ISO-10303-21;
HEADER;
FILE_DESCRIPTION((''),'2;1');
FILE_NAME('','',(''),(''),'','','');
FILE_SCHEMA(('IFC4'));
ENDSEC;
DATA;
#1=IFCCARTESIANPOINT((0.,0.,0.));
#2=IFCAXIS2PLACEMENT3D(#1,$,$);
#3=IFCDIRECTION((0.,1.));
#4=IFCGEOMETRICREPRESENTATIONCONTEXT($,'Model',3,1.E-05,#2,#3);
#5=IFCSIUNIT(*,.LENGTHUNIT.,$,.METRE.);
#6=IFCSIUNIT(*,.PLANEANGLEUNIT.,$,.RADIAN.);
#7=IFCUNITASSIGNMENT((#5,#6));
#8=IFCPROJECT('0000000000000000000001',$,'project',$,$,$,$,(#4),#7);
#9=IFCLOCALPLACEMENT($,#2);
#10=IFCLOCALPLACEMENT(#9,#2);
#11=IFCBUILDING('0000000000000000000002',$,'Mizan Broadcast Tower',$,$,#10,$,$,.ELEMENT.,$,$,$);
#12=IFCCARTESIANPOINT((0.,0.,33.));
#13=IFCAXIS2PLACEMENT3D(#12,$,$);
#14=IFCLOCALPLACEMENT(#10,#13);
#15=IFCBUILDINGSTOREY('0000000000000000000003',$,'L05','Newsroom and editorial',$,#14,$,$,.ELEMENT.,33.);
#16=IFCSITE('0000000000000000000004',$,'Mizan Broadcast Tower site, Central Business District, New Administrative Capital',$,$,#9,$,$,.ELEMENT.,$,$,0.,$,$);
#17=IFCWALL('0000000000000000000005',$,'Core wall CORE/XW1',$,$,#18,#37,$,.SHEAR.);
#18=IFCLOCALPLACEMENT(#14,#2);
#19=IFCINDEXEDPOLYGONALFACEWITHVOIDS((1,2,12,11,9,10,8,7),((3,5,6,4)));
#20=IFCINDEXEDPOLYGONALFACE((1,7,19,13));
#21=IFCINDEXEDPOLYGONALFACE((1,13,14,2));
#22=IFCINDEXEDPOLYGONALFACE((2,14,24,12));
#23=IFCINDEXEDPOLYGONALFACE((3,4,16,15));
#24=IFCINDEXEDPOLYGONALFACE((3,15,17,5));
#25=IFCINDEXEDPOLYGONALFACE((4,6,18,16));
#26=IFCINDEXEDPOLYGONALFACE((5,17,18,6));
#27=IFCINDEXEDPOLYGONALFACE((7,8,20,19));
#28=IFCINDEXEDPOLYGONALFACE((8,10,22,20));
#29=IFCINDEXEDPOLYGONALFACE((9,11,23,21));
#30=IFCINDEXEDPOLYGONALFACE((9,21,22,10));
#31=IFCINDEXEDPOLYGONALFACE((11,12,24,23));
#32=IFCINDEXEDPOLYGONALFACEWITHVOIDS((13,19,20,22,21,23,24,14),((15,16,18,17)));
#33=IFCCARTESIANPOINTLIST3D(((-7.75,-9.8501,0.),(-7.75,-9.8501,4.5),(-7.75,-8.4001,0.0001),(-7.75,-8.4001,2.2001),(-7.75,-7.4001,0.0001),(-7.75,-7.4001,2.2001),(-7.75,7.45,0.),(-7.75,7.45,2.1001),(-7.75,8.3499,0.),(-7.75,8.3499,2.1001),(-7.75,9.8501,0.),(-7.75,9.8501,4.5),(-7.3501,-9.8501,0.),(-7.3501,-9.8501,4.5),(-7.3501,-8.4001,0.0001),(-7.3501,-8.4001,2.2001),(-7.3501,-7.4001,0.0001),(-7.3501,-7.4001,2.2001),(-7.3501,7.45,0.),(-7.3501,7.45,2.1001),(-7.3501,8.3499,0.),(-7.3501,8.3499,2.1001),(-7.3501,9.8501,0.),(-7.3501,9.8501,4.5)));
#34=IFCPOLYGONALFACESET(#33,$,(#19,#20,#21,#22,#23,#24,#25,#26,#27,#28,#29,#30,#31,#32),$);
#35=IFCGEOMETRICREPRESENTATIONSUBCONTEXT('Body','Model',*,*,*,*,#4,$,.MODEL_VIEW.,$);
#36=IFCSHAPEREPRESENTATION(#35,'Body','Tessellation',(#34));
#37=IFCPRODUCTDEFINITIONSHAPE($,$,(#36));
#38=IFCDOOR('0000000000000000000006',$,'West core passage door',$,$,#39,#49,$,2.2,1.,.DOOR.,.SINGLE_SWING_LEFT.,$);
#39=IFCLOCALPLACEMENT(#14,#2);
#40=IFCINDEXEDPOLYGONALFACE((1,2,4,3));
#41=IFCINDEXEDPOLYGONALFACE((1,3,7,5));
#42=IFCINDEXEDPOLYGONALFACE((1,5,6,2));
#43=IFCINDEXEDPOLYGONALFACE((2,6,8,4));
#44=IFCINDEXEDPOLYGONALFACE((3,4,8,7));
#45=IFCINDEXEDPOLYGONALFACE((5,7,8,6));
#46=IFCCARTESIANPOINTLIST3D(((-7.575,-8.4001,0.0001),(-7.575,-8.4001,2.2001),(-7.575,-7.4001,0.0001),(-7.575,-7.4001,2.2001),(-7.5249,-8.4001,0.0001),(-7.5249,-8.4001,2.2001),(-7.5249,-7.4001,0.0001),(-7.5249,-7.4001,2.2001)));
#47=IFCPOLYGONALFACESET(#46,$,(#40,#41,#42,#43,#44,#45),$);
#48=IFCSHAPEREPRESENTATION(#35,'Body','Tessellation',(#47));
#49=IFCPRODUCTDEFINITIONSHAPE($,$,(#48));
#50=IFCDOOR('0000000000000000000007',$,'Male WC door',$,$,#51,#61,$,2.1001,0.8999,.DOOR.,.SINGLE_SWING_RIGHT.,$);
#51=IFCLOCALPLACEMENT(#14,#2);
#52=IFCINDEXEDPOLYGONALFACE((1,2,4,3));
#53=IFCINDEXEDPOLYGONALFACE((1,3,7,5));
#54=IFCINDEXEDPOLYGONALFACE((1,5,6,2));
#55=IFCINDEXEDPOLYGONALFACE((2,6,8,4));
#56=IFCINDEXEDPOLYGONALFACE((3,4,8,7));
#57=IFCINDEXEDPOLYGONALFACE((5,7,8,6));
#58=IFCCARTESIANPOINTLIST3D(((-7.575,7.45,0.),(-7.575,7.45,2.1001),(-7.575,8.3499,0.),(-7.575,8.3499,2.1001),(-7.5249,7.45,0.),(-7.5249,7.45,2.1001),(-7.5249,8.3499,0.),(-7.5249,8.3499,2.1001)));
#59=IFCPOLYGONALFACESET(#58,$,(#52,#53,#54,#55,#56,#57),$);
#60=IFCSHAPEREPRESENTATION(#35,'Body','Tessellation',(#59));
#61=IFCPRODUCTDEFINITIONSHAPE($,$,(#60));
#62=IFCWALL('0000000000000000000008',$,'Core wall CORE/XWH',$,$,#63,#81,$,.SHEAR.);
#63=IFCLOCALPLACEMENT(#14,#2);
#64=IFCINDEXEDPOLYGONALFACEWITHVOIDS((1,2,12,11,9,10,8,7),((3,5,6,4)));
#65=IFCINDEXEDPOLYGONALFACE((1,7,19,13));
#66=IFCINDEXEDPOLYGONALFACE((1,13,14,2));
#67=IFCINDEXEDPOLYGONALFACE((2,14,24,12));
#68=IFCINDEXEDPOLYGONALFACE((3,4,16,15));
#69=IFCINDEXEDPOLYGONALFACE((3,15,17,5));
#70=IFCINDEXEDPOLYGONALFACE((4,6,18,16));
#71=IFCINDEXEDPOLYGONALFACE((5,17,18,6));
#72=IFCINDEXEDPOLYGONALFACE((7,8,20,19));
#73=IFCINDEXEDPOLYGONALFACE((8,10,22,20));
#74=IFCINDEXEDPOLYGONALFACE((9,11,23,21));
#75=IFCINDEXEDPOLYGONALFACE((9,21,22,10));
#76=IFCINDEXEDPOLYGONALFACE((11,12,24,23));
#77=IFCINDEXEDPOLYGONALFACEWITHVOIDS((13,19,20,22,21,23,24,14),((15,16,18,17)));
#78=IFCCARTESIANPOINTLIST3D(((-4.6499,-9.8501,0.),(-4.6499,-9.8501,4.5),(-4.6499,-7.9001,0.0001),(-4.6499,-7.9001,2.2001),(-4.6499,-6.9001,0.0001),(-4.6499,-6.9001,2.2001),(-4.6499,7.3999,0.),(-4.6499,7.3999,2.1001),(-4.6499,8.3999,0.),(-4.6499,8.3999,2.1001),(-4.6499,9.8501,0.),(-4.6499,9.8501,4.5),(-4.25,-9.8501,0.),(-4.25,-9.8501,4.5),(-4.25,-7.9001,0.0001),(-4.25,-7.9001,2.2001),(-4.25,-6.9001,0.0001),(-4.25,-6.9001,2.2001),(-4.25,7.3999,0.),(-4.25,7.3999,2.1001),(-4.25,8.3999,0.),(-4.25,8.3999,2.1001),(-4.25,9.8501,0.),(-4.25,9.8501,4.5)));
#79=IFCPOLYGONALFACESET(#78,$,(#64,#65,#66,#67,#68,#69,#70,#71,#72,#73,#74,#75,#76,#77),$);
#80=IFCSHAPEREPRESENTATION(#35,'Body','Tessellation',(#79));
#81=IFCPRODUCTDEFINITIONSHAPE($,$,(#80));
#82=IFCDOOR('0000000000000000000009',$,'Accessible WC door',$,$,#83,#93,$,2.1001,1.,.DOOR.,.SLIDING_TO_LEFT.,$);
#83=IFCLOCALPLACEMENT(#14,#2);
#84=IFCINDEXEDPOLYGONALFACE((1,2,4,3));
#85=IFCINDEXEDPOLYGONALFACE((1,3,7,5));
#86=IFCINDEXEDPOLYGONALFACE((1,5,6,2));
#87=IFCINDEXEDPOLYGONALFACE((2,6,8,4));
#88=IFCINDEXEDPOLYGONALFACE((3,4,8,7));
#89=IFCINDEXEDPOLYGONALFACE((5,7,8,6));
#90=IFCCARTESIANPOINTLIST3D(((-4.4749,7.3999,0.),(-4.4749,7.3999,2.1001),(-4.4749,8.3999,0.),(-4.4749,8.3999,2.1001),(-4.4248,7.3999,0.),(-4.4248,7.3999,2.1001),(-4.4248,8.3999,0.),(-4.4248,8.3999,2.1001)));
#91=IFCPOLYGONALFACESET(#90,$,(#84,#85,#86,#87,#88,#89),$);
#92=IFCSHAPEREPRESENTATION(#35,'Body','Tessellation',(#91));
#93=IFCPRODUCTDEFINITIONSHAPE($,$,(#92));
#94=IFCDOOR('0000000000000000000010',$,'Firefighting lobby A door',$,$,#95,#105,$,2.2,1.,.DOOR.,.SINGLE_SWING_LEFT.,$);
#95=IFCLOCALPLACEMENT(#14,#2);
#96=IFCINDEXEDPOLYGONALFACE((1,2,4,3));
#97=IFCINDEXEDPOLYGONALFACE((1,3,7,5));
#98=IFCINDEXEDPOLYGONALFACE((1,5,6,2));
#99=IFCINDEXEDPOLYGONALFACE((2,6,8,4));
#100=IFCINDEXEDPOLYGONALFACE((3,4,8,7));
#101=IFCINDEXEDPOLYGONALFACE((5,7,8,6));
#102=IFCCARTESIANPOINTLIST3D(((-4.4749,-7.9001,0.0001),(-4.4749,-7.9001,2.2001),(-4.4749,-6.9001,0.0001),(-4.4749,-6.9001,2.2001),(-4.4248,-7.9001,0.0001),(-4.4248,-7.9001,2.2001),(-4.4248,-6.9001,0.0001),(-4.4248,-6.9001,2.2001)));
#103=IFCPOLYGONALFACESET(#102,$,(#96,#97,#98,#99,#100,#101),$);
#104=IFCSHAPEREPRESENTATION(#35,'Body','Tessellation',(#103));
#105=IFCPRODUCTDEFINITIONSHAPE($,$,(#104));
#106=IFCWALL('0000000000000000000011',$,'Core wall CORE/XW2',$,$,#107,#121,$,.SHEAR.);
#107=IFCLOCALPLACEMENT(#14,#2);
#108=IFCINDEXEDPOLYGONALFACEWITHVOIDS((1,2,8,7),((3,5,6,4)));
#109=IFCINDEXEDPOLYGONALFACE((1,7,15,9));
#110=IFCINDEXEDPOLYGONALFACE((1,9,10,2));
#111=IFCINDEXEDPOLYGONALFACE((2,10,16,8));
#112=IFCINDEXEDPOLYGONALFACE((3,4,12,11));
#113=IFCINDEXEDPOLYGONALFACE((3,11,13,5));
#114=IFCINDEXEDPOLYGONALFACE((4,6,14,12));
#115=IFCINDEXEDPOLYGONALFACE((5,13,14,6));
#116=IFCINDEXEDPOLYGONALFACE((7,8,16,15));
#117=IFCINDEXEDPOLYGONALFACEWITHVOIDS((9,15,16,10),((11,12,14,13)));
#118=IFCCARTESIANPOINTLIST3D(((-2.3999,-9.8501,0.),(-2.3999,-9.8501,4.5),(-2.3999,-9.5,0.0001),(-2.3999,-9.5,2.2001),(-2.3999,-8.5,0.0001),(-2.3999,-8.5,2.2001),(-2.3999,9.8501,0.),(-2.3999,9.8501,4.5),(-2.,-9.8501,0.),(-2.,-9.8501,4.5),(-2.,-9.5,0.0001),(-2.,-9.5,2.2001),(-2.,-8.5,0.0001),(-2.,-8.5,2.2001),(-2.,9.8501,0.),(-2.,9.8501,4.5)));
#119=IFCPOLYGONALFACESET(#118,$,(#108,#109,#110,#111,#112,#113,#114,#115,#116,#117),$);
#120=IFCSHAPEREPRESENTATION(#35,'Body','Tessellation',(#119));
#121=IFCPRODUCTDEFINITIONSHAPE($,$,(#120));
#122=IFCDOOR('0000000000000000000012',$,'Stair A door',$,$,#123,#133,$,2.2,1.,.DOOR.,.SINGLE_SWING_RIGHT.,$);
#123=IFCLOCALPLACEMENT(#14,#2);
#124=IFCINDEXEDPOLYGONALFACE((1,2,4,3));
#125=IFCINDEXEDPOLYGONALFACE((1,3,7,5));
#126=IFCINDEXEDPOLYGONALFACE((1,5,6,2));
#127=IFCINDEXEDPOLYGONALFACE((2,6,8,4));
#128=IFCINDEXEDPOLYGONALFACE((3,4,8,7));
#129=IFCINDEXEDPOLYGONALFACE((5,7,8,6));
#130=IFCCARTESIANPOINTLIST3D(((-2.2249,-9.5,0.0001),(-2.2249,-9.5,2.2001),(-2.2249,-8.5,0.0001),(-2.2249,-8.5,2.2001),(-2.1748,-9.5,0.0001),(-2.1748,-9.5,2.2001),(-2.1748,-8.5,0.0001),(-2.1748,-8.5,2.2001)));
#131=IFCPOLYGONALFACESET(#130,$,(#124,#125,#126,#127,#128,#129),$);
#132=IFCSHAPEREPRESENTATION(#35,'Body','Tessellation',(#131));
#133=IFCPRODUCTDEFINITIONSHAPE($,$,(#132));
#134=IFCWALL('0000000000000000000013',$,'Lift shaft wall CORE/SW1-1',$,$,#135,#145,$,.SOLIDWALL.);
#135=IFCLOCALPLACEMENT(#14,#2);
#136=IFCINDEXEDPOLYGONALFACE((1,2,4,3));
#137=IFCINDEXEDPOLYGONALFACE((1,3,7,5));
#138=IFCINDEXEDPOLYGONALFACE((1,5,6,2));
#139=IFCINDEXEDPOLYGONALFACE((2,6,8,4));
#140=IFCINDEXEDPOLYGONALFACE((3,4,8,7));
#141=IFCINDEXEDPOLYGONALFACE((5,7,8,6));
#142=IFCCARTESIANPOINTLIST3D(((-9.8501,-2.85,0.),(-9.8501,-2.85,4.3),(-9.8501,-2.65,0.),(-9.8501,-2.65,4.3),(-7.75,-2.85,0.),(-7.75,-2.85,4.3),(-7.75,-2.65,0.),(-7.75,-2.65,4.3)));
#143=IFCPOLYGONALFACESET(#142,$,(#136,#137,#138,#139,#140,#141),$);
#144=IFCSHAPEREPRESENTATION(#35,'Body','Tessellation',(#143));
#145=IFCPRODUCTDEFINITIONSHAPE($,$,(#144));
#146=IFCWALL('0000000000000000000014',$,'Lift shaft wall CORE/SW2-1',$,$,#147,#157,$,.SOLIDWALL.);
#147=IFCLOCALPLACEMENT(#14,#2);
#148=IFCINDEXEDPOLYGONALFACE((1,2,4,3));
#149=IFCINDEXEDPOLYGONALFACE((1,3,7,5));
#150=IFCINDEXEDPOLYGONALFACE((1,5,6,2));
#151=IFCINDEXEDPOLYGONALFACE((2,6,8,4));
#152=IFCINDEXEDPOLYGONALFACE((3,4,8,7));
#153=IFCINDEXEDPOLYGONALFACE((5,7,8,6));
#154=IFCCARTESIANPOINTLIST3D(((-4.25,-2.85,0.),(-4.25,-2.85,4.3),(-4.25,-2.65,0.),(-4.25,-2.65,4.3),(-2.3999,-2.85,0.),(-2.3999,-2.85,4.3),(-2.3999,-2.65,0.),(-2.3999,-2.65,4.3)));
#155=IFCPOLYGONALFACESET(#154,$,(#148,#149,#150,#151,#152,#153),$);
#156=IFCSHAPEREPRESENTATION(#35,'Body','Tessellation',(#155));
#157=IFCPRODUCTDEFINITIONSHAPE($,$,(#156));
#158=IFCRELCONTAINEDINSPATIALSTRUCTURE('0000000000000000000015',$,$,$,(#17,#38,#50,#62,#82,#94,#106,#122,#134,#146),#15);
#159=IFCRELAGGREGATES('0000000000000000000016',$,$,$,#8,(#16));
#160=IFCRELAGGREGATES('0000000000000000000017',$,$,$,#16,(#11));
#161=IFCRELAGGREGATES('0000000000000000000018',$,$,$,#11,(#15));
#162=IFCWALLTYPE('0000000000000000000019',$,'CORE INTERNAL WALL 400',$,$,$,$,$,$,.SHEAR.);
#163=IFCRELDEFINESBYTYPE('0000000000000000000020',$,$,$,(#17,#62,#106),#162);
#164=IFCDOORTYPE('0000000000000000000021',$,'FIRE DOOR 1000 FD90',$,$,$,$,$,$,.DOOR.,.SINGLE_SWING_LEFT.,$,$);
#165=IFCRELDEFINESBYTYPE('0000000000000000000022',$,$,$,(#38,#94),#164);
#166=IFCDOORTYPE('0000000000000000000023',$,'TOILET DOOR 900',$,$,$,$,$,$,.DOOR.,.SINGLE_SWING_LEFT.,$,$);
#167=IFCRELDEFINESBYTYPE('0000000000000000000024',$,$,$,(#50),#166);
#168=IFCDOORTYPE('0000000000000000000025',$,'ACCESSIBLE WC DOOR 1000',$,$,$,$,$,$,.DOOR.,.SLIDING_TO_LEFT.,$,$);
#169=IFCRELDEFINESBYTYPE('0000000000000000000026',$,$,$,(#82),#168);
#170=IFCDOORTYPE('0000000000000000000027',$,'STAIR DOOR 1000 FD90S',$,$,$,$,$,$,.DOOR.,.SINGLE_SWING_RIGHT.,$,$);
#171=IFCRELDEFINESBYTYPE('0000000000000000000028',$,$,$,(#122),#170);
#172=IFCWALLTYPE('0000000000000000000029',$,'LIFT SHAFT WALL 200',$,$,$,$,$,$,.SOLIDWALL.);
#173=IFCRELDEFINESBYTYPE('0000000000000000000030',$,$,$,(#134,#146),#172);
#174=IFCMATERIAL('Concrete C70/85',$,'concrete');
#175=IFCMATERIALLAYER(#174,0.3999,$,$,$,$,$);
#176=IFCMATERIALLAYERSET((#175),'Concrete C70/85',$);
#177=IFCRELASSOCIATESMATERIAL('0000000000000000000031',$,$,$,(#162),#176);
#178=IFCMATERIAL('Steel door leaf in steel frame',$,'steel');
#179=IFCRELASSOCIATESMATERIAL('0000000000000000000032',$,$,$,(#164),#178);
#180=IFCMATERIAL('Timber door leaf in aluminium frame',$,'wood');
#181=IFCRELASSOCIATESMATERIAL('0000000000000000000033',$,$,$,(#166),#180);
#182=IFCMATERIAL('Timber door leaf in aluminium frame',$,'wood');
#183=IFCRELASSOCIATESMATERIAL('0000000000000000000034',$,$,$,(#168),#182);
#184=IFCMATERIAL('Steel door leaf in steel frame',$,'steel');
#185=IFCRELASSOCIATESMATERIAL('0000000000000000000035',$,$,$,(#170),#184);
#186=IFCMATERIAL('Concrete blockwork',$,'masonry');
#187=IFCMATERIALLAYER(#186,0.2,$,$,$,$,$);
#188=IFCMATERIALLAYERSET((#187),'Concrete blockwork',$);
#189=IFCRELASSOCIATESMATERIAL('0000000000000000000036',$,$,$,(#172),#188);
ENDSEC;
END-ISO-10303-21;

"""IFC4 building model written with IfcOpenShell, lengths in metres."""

from ifc_helpers import new_model, si_unit, direction, frame, frame_2d, origin, place, context, subcontext, project, spatial, rectangle, extrude, material, layer, layer_set, type_object, element, fill, save


model = new_model("IFC4")

# Units and contexts
model_context = context("Model", 3, precision=1e-05, world=origin(), true_north=direction((0.0, 1.0)))
body_context = subcontext(model_context, "Body", "Model", "MODEL_VIEW")
ifc_project = project(units=[si_unit("LENGTHUNIT", "METRE"), si_unit("PLANEANGLEUNIT", "RADIAN")], contexts=[model_context])

# Site, building, storey
site_placement = place(None, origin())
site = spatial("IfcSite", under=ifc_project, at=site_placement, Name="Mizan Broadcast Tower site, Central Business District, New Administrative Capital", CompositionType="ELEMENT", RefElevation=0.0)
building_placement = place(site_placement, origin())
building = spatial("IfcBuilding", under=site, at=building_placement, Name="Mizan Broadcast Tower", CompositionType="ELEMENT")
storey_placement = place(building_placement, frame((0.0, 0.0, 33.0)))
storey = spatial("IfcBuildingStorey", under=building, at=storey_placement, Name="L05", Description="Newsroom and editorial", CompositionType="ELEMENT", Elevation=33.0)

# Walls, openings, doors
ifc_material_1 = material(Name="Concrete C70/85", Category="concrete")
ifc_layer_1 = layer(ifc_material_1, 0.3999)
ifc_layer_set_1 = layer_set([ifc_layer_1], Name="Concrete C70/85")
wall_type_1 = type_object("IfcWallType", Name="CORE INTERNAL WALL 400", PredefinedType="SHEAR", material=ifc_layer_set_1)
wall_1_placement = place(storey_placement, frame((-7.55, -9.8501, 0.0), z_axis=(0.0, 0.0, 1.0), x_axis=(0.0, 1.0, 0.0)))
wall_1 = element("IfcWall", 1, at=wall_1_placement, inside=storey, type_object=wall_type_1, Name="Core wall CORE/XW1", PredefinedType="SHEAR", context=body_context, shape_type="SweptSolid", body=[
    extrude(rectangle(XDim=19.7002, YDim=0.3999, at=frame_2d((9.8501, 0.0))), origin(), (0.0, 0.0, 1.0), 4.5),
])
opening_1_placement = place(wall_1_placement, frame((1.45, 0.0, 0.0)))
opening_1 = element("IfcOpeningElement", 2, at=opening_1_placement, cuts=wall_1, PredefinedType="OPENING", context=body_context, shape_type="SweptSolid", body=[
    extrude(rectangle(XDim=1.0, YDim=2.2, at=frame_2d((0.5, 1.1001))), frame((0.0, 0.21, 0.0), z_axis=(0.0, -1.0, 0.0), x_axis=(1.0, 0.0, 0.0)), (0.0, 0.0, 1.0), 0.4199),
])
opening_2_placement = place(wall_1_placement, frame((17.3, 0.0, 0.0)))
opening_2 = element("IfcOpeningElement", 3, at=opening_2_placement, cuts=wall_1, PredefinedType="OPENING", context=body_context, shape_type="SweptSolid", body=[
    extrude(rectangle(XDim=0.8999, YDim=2.1001, at=frame_2d((0.45, 1.05))), frame((0.0, 0.21, 0.0), z_axis=(0.0, -1.0, 0.0), x_axis=(1.0, 0.0, 0.0)), (0.0, 0.0, 1.0), 0.4199),
])
ifc_material_2 = material(Name="Steel door leaf in steel frame", Category="steel")
door_type_1 = type_object("IfcDoorType", Name="FIRE DOOR 1000 FD90", OperationType="SINGLE_SWING_LEFT", PredefinedType="DOOR", material=ifc_material_2)
door_1_placement = place(opening_1_placement, origin())
door_1 = element("IfcDoor", 4, at=door_1_placement, inside=storey, type_object=door_type_1, Name="West core passage door", OperationType="SINGLE_SWING_LEFT", OverallHeight=2.2, OverallWidth=1.0, PredefinedType="DOOR", context=body_context, shape_type="SweptSolid", body=[
    extrude(rectangle(XDim=1.0, YDim=2.2, at=frame_2d((0.5, 1.1001))), frame((0.0, 0.0249, 0.0), z_axis=(0.0, -1.0, 0.0), x_axis=(1.0, 0.0, 0.0)), (0.0, 0.0, 1.0), 0.05),
])
fill(opening_1, door_1)
ifc_material_3 = material(Name="Timber door leaf in aluminium frame", Category="wood")
door_type_2 = type_object("IfcDoorType", Name="TOILET DOOR 900", OperationType="SINGLE_SWING_LEFT", PredefinedType="DOOR", material=ifc_material_3)
door_2_placement = place(opening_2_placement, origin())
door_2 = element("IfcDoor", 5, at=door_2_placement, inside=storey, type_object=door_type_2, Name="Male WC door", OperationType="SINGLE_SWING_RIGHT", OverallHeight=2.1001, OverallWidth=0.8999, PredefinedType="DOOR", context=body_context, shape_type="SweptSolid", body=[
    extrude(rectangle(XDim=0.8999, YDim=2.1001, at=frame_2d((0.45, 1.05))), frame((0.0, 0.0249, 0.0), z_axis=(0.0, -1.0, 0.0), x_axis=(1.0, 0.0, 0.0)), (0.0, 0.0, 1.0), 0.05),
])
fill(opening_2, door_2)
wall_2_placement = place(storey_placement, frame((-4.45, -9.8501, 0.0), z_axis=(0.0, 0.0, 1.0), x_axis=(0.0, 1.0, 0.0)))
wall_2 = element("IfcWall", 6, at=wall_2_placement, inside=storey, type_object=wall_type_1, Name="Core wall CORE/XWH", PredefinedType="SHEAR", context=body_context, shape_type="SweptSolid", body=[
    extrude(rectangle(XDim=19.7002, YDim=0.3999, at=frame_2d((9.8501, 0.0))), origin(), (0.0, 0.0, 1.0), 4.5),
])
opening_3_placement = place(wall_2_placement, frame((1.95, 0.0, 0.0)))
opening_3 = element("IfcOpeningElement", 7, at=opening_3_placement, cuts=wall_2, PredefinedType="OPENING", context=body_context, shape_type="SweptSolid", body=[
    extrude(rectangle(XDim=1.0, YDim=2.2, at=frame_2d((0.5, 1.1001))), frame((0.0, 0.21, 0.0), z_axis=(0.0, -1.0, 0.0), x_axis=(1.0, 0.0, 0.0)), (0.0, 0.0, 1.0), 0.4199),
])
opening_4_placement = place(wall_2_placement, frame((17.25, 0.0, 0.0)))
opening_4 = element("IfcOpeningElement", 8, at=opening_4_placement, cuts=wall_2, PredefinedType="OPENING", context=body_context, shape_type="SweptSolid", body=[
    extrude(rectangle(XDim=1.0, YDim=2.1001, at=frame_2d((0.5, 1.05))), frame((0.0, 0.21, 0.0), z_axis=(0.0, -1.0, 0.0), x_axis=(1.0, 0.0, 0.0)), (0.0, 0.0, 1.0), 0.4199),
])
ifc_material_4 = material(Name="Timber door leaf in aluminium frame", Category="wood")
door_type_3 = type_object("IfcDoorType", Name="ACCESSIBLE WC DOOR 1000", OperationType="SLIDING_TO_LEFT", PredefinedType="DOOR", material=ifc_material_4)
door_3_placement = place(opening_4_placement, origin())
door_3 = element("IfcDoor", 9, at=door_3_placement, inside=storey, type_object=door_type_3, Name="Accessible WC door", OperationType="SLIDING_TO_LEFT", OverallHeight=2.1001, OverallWidth=1.0, PredefinedType="DOOR", context=body_context, shape_type="SweptSolid", body=[
    extrude(rectangle(XDim=1.0, YDim=2.1001, at=frame_2d((0.5, 1.05))), frame((0.0, 0.0249, 0.0), z_axis=(0.0, -1.0, 0.0), x_axis=(1.0, 0.0, 0.0)), (0.0, 0.0, 1.0), 0.05),
])
fill(opening_4, door_3)
door_4_placement = place(opening_3_placement, origin())
door_4 = element("IfcDoor", 10, at=door_4_placement, inside=storey, type_object=door_type_1, Name="Firefighting lobby A door", OperationType="SINGLE_SWING_LEFT", OverallHeight=2.2, OverallWidth=1.0, PredefinedType="DOOR", context=body_context, shape_type="SweptSolid", body=[
    extrude(rectangle(XDim=1.0, YDim=2.2, at=frame_2d((0.5, 1.1001))), frame((0.0, 0.0249, 0.0), z_axis=(0.0, -1.0, 0.0), x_axis=(1.0, 0.0, 0.0)), (0.0, 0.0, 1.0), 0.05),
])
fill(opening_3, door_4)

# Wall, opening, door
wall_3_placement = place(storey_placement, frame((-2.2, -9.8501, 0.0), z_axis=(0.0, 0.0, 1.0), x_axis=(0.0, 1.0, 0.0)))
wall_3 = element("IfcWall", 11, at=wall_3_placement, inside=storey, type_object=wall_type_1, Name="Core wall CORE/XW2", PredefinedType="SHEAR", context=body_context, shape_type="SweptSolid", body=[
    extrude(rectangle(XDim=19.7002, YDim=0.3999, at=frame_2d((9.8501, 0.0))), origin(), (0.0, 0.0, 1.0), 4.5),
])
opening_5_placement = place(wall_3_placement, frame((0.3501, 0.0, 0.0)))
opening_5 = element("IfcOpeningElement", 12, at=opening_5_placement, cuts=wall_3, PredefinedType="OPENING", context=body_context, shape_type="SweptSolid", body=[
    extrude(rectangle(XDim=1.0, YDim=2.2, at=frame_2d((0.5, 1.1001))), frame((0.0, 0.21, 0.0), z_axis=(0.0, -1.0, 0.0), x_axis=(1.0, 0.0, 0.0)), (0.0, 0.0, 1.0), 0.4199),
])
ifc_material_5 = material(Name="Steel door leaf in steel frame", Category="steel")
door_type_4 = type_object("IfcDoorType", Name="STAIR DOOR 1000 FD90S", OperationType="SINGLE_SWING_RIGHT", PredefinedType="DOOR", material=ifc_material_5)
door_5_placement = place(opening_5_placement, origin())
door_5 = element("IfcDoor", 13, at=door_5_placement, inside=storey, type_object=door_type_4, Name="Stair A door", OperationType="SINGLE_SWING_RIGHT", OverallHeight=2.2, OverallWidth=1.0, PredefinedType="DOOR", context=body_context, shape_type="SweptSolid", body=[
    extrude(rectangle(XDim=1.0, YDim=2.2, at=frame_2d((0.5, 1.1001))), frame((0.0, 0.0249, 0.0), z_axis=(0.0, -1.0, 0.0), x_axis=(1.0, 0.0, 0.0)), (0.0, 0.0, 1.0), 0.05),
])
fill(opening_5, door_5)

# Walls
ifc_material_6 = material(Name="Concrete blockwork", Category="masonry")
ifc_layer_2 = layer(ifc_material_6, 0.2)
ifc_layer_set_2 = layer_set([ifc_layer_2], Name="Concrete blockwork")
wall_type_2 = type_object("IfcWallType", Name="LIFT SHAFT WALL 200", PredefinedType="SOLIDWALL", material=ifc_layer_set_2)
wall_4_placement = place(storey_placement, frame((-9.8501, -2.75, 0.0), z_axis=(0.0, 0.0, 1.0), x_axis=(1.0, 0.0, 0.0)))
element("IfcWall", 14, at=wall_4_placement, inside=storey, type_object=wall_type_2, Name="Lift shaft wall CORE/SW1-1", PredefinedType="SOLIDWALL", context=body_context, shape_type="SweptSolid", body=[
    extrude(rectangle(XDim=2.1001, YDim=0.2, at=frame_2d((1.05, 0.0))), origin(), (0.0, 0.0, 1.0), 4.3),
])
wall_5_placement = place(storey_placement, frame((-4.25, -2.75, 0.0), z_axis=(0.0, 0.0, 1.0), x_axis=(1.0, 0.0, 0.0)))
element("IfcWall", 15, at=wall_5_placement, inside=storey, type_object=wall_type_2, Name="Lift shaft wall CORE/SW2-1", PredefinedType="SOLIDWALL", context=body_context, shape_type="SweptSolid", body=[
    extrude(rectangle(XDim=1.8501, YDim=0.2, at=frame_2d((0.925, 0.0))), origin(), (0.0, 0.0, 1.0), 4.3),
])

save(model, "model.ifc")
